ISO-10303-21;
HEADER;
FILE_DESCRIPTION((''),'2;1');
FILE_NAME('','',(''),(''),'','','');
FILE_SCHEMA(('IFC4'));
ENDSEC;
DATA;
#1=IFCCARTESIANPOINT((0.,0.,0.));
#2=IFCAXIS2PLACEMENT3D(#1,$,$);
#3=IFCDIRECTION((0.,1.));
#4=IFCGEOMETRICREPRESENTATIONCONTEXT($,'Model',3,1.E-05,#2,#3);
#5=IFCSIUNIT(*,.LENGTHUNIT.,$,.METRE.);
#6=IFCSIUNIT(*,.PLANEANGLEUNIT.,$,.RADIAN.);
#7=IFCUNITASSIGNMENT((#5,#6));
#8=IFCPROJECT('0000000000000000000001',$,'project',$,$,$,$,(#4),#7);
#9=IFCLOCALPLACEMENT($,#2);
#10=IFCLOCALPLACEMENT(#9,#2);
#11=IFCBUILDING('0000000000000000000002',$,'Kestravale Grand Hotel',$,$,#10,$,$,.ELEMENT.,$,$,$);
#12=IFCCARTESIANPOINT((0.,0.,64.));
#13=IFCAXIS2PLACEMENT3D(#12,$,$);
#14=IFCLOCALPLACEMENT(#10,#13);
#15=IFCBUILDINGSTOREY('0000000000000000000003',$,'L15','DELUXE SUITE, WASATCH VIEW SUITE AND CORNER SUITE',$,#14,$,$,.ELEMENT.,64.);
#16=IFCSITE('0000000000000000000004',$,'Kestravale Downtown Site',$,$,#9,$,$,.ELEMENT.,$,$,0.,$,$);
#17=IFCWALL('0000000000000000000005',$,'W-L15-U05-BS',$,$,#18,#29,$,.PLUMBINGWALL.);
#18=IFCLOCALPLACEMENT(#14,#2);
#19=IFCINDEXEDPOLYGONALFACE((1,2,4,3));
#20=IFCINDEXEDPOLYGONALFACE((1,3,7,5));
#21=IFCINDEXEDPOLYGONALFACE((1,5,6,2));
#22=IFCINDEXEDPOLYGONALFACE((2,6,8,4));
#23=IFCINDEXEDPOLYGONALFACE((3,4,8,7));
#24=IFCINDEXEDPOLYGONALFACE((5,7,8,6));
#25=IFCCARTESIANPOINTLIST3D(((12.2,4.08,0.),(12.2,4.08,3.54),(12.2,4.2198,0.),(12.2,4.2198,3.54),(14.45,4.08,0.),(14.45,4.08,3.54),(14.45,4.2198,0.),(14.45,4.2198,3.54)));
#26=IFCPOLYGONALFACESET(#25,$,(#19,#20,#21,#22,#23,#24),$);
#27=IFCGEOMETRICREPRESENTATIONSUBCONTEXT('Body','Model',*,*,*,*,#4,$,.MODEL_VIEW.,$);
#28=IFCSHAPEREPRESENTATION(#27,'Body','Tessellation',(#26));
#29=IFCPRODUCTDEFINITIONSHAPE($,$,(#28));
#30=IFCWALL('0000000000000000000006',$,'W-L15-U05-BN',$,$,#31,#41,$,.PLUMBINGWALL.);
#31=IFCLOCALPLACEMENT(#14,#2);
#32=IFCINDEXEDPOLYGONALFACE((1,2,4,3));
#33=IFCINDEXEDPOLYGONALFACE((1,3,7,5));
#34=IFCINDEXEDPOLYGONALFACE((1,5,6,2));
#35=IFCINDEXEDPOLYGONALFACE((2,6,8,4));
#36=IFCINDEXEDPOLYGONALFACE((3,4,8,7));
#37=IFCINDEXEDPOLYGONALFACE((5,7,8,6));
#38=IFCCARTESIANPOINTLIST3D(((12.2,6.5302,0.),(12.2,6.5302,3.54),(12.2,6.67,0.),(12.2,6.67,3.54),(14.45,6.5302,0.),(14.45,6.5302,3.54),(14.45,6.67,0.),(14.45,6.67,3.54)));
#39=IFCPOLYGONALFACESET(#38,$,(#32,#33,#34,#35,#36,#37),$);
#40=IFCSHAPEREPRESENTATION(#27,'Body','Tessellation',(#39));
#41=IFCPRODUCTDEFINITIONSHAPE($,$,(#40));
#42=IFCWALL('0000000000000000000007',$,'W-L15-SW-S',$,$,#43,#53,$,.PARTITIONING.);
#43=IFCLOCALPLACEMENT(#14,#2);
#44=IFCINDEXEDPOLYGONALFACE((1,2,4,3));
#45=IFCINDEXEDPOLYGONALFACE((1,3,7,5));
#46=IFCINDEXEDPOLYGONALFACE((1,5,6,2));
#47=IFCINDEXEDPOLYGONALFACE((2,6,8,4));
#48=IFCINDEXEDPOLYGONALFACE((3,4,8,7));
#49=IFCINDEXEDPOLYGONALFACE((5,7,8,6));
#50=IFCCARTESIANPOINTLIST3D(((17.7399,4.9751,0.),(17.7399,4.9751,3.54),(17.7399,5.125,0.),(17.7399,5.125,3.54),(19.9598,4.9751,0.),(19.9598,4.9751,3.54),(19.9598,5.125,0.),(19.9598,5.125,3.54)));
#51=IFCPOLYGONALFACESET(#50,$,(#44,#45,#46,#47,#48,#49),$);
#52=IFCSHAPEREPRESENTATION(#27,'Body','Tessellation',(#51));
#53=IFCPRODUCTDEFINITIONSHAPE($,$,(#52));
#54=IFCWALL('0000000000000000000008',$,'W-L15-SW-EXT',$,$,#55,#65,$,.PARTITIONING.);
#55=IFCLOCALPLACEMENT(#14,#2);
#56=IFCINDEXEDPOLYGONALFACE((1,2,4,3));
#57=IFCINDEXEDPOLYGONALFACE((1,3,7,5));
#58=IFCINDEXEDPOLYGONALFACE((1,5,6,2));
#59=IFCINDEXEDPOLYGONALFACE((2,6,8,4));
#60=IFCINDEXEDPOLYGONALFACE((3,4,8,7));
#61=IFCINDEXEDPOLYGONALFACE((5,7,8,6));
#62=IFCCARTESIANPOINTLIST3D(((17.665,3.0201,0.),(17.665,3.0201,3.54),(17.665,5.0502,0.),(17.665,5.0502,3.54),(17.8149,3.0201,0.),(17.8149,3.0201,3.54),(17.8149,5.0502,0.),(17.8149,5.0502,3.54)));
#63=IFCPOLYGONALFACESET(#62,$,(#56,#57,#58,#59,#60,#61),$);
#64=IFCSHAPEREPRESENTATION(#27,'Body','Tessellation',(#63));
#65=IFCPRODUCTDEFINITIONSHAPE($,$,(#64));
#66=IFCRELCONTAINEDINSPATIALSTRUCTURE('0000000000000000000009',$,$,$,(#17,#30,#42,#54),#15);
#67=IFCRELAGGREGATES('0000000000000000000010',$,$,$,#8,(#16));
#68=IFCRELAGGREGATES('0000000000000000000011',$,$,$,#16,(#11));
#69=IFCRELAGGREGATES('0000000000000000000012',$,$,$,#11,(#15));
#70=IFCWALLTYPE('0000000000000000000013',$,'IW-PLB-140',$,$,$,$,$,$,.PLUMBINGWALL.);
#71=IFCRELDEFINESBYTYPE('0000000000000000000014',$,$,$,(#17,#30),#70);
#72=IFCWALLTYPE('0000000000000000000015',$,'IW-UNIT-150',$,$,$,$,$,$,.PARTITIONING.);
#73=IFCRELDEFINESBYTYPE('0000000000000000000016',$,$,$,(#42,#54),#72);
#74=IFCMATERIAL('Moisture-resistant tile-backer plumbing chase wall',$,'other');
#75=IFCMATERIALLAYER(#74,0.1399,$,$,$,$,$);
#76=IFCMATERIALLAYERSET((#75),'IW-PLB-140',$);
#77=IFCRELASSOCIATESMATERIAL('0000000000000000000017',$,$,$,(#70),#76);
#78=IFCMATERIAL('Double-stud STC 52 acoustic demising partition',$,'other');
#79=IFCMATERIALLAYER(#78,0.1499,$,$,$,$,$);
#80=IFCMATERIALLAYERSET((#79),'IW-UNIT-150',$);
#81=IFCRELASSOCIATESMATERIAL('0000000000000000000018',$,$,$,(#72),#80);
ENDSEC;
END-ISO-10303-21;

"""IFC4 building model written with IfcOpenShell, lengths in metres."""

from ifc_helpers import new_model, si_unit, direction, frame, frame_2d, origin, place, context, subcontext, project, spatial, rectangle, extrude, material, layer, layer_set, type_object, element, save


model = new_model("IFC4")

# Units and contexts
model_context = context("Model", 3, precision=1e-05, world=origin(), true_north=direction((0.0, 1.0)))
body_context = subcontext(model_context, "Body", "Model", "MODEL_VIEW")
ifc_project = project(units=[si_unit("LENGTHUNIT", "METRE"), si_unit("PLANEANGLEUNIT", "RADIAN")], contexts=[model_context])

# Site, building, storey
site_placement = place(None, origin())
site = spatial("IfcSite", under=ifc_project, at=site_placement, Name="Kestravale Downtown Site", CompositionType="ELEMENT", RefElevation=0.0)
building_placement = place(site_placement, origin())
building = spatial("IfcBuilding", under=site, at=building_placement, Name="Kestravale Grand Hotel", CompositionType="ELEMENT")
storey_placement = place(building_placement, frame((0.0, 0.0, 64.0)))
storey = spatial("IfcBuildingStorey", under=building, at=storey_placement, Name="L15", Description="DELUXE SUITE, WASATCH VIEW SUITE AND CORNER SUITE", CompositionType="ELEMENT", Elevation=64.0)

# Shared definitions
ifc_material_1 = material(Name="Moisture-resistant tile-backer plumbing chase wall", Category="other")
ifc_layer_1 = layer(ifc_material_1, 0.1399)
ifc_layer_set_1 = layer_set([ifc_layer_1], Name="IW-PLB-140")
wall_type_1 = type_object("IfcWallType", Name="IW-PLB-140", PredefinedType="PLUMBINGWALL", material=ifc_layer_set_1)

# Walls
for number, where, z_axis, x_axis, name in (
    (1, (12.2, 4.1499, 0.0), (0.0, 0.0, 1.0), (1.0, 0.0, 0.0), "W-L15-U05-BS"),
    (2, (12.2, 6.6001, 0.0), (0.0, 0.0, 1.0), (1.0, 0.0, 0.0), "W-L15-U05-BN"),
):
    element("IfcWall", number, at=place(storey_placement, frame(where, z_axis=z_axis, x_axis=x_axis)), inside=storey, type_object=wall_type_1, Name=name, PredefinedType="PLUMBINGWALL", context=body_context, shape_type="SweptSolid", body=[
        extrude(rectangle(XDim=2.25, YDim=0.1399, at=frame_2d((1.125, 0.0))), origin(), (0.0, 0.0, 1.0), 3.54),
    ])
ifc_material_2 = material(Name="Double-stud STC 52 acoustic demising partition", Category="other")
ifc_layer_2 = layer(ifc_material_2, 0.1499)
ifc_layer_set_2 = layer_set([ifc_layer_2], Name="IW-UNIT-150")
wall_type_2 = type_object("IfcWallType", Name="IW-UNIT-150", PredefinedType="PARTITIONING", material=ifc_layer_set_2)
wall_1_placement = place(storey_placement, frame((17.74, 5.05, 0.0), z_axis=(0.0, 0.0, 1.0), x_axis=(1.0, 0.0, 0.0)))
element("IfcWall", 3, at=wall_1_placement, inside=storey, type_object=wall_type_2, Name="W-L15-SW-S", PredefinedType="PARTITIONING", context=body_context, shape_type="SweptSolid", body=[
    extrude(rectangle(XDim=2.22, YDim=0.1499, at=frame_2d((1.1099, 0.0))), origin(), (0.0, 0.0, 1.0), 3.54),
])
wall_2_placement = place(storey_placement, frame((17.74, 3.02, 0.0), z_axis=(0.0, 0.0, 1.0), x_axis=(0.0, 1.0, 0.0)))
element("IfcWall", 4, at=wall_2_placement, inside=storey, type_object=wall_type_2, Name="W-L15-SW-EXT", PredefinedType="PARTITIONING", context=body_context, shape_type="SweptSolid", body=[
    extrude(rectangle(XDim=2.03, YDim=0.1499, at=frame_2d((1.0151, 0.0))), origin(), (0.0, 0.0, 1.0), 3.54),
])

save(model, "model.ifc")
